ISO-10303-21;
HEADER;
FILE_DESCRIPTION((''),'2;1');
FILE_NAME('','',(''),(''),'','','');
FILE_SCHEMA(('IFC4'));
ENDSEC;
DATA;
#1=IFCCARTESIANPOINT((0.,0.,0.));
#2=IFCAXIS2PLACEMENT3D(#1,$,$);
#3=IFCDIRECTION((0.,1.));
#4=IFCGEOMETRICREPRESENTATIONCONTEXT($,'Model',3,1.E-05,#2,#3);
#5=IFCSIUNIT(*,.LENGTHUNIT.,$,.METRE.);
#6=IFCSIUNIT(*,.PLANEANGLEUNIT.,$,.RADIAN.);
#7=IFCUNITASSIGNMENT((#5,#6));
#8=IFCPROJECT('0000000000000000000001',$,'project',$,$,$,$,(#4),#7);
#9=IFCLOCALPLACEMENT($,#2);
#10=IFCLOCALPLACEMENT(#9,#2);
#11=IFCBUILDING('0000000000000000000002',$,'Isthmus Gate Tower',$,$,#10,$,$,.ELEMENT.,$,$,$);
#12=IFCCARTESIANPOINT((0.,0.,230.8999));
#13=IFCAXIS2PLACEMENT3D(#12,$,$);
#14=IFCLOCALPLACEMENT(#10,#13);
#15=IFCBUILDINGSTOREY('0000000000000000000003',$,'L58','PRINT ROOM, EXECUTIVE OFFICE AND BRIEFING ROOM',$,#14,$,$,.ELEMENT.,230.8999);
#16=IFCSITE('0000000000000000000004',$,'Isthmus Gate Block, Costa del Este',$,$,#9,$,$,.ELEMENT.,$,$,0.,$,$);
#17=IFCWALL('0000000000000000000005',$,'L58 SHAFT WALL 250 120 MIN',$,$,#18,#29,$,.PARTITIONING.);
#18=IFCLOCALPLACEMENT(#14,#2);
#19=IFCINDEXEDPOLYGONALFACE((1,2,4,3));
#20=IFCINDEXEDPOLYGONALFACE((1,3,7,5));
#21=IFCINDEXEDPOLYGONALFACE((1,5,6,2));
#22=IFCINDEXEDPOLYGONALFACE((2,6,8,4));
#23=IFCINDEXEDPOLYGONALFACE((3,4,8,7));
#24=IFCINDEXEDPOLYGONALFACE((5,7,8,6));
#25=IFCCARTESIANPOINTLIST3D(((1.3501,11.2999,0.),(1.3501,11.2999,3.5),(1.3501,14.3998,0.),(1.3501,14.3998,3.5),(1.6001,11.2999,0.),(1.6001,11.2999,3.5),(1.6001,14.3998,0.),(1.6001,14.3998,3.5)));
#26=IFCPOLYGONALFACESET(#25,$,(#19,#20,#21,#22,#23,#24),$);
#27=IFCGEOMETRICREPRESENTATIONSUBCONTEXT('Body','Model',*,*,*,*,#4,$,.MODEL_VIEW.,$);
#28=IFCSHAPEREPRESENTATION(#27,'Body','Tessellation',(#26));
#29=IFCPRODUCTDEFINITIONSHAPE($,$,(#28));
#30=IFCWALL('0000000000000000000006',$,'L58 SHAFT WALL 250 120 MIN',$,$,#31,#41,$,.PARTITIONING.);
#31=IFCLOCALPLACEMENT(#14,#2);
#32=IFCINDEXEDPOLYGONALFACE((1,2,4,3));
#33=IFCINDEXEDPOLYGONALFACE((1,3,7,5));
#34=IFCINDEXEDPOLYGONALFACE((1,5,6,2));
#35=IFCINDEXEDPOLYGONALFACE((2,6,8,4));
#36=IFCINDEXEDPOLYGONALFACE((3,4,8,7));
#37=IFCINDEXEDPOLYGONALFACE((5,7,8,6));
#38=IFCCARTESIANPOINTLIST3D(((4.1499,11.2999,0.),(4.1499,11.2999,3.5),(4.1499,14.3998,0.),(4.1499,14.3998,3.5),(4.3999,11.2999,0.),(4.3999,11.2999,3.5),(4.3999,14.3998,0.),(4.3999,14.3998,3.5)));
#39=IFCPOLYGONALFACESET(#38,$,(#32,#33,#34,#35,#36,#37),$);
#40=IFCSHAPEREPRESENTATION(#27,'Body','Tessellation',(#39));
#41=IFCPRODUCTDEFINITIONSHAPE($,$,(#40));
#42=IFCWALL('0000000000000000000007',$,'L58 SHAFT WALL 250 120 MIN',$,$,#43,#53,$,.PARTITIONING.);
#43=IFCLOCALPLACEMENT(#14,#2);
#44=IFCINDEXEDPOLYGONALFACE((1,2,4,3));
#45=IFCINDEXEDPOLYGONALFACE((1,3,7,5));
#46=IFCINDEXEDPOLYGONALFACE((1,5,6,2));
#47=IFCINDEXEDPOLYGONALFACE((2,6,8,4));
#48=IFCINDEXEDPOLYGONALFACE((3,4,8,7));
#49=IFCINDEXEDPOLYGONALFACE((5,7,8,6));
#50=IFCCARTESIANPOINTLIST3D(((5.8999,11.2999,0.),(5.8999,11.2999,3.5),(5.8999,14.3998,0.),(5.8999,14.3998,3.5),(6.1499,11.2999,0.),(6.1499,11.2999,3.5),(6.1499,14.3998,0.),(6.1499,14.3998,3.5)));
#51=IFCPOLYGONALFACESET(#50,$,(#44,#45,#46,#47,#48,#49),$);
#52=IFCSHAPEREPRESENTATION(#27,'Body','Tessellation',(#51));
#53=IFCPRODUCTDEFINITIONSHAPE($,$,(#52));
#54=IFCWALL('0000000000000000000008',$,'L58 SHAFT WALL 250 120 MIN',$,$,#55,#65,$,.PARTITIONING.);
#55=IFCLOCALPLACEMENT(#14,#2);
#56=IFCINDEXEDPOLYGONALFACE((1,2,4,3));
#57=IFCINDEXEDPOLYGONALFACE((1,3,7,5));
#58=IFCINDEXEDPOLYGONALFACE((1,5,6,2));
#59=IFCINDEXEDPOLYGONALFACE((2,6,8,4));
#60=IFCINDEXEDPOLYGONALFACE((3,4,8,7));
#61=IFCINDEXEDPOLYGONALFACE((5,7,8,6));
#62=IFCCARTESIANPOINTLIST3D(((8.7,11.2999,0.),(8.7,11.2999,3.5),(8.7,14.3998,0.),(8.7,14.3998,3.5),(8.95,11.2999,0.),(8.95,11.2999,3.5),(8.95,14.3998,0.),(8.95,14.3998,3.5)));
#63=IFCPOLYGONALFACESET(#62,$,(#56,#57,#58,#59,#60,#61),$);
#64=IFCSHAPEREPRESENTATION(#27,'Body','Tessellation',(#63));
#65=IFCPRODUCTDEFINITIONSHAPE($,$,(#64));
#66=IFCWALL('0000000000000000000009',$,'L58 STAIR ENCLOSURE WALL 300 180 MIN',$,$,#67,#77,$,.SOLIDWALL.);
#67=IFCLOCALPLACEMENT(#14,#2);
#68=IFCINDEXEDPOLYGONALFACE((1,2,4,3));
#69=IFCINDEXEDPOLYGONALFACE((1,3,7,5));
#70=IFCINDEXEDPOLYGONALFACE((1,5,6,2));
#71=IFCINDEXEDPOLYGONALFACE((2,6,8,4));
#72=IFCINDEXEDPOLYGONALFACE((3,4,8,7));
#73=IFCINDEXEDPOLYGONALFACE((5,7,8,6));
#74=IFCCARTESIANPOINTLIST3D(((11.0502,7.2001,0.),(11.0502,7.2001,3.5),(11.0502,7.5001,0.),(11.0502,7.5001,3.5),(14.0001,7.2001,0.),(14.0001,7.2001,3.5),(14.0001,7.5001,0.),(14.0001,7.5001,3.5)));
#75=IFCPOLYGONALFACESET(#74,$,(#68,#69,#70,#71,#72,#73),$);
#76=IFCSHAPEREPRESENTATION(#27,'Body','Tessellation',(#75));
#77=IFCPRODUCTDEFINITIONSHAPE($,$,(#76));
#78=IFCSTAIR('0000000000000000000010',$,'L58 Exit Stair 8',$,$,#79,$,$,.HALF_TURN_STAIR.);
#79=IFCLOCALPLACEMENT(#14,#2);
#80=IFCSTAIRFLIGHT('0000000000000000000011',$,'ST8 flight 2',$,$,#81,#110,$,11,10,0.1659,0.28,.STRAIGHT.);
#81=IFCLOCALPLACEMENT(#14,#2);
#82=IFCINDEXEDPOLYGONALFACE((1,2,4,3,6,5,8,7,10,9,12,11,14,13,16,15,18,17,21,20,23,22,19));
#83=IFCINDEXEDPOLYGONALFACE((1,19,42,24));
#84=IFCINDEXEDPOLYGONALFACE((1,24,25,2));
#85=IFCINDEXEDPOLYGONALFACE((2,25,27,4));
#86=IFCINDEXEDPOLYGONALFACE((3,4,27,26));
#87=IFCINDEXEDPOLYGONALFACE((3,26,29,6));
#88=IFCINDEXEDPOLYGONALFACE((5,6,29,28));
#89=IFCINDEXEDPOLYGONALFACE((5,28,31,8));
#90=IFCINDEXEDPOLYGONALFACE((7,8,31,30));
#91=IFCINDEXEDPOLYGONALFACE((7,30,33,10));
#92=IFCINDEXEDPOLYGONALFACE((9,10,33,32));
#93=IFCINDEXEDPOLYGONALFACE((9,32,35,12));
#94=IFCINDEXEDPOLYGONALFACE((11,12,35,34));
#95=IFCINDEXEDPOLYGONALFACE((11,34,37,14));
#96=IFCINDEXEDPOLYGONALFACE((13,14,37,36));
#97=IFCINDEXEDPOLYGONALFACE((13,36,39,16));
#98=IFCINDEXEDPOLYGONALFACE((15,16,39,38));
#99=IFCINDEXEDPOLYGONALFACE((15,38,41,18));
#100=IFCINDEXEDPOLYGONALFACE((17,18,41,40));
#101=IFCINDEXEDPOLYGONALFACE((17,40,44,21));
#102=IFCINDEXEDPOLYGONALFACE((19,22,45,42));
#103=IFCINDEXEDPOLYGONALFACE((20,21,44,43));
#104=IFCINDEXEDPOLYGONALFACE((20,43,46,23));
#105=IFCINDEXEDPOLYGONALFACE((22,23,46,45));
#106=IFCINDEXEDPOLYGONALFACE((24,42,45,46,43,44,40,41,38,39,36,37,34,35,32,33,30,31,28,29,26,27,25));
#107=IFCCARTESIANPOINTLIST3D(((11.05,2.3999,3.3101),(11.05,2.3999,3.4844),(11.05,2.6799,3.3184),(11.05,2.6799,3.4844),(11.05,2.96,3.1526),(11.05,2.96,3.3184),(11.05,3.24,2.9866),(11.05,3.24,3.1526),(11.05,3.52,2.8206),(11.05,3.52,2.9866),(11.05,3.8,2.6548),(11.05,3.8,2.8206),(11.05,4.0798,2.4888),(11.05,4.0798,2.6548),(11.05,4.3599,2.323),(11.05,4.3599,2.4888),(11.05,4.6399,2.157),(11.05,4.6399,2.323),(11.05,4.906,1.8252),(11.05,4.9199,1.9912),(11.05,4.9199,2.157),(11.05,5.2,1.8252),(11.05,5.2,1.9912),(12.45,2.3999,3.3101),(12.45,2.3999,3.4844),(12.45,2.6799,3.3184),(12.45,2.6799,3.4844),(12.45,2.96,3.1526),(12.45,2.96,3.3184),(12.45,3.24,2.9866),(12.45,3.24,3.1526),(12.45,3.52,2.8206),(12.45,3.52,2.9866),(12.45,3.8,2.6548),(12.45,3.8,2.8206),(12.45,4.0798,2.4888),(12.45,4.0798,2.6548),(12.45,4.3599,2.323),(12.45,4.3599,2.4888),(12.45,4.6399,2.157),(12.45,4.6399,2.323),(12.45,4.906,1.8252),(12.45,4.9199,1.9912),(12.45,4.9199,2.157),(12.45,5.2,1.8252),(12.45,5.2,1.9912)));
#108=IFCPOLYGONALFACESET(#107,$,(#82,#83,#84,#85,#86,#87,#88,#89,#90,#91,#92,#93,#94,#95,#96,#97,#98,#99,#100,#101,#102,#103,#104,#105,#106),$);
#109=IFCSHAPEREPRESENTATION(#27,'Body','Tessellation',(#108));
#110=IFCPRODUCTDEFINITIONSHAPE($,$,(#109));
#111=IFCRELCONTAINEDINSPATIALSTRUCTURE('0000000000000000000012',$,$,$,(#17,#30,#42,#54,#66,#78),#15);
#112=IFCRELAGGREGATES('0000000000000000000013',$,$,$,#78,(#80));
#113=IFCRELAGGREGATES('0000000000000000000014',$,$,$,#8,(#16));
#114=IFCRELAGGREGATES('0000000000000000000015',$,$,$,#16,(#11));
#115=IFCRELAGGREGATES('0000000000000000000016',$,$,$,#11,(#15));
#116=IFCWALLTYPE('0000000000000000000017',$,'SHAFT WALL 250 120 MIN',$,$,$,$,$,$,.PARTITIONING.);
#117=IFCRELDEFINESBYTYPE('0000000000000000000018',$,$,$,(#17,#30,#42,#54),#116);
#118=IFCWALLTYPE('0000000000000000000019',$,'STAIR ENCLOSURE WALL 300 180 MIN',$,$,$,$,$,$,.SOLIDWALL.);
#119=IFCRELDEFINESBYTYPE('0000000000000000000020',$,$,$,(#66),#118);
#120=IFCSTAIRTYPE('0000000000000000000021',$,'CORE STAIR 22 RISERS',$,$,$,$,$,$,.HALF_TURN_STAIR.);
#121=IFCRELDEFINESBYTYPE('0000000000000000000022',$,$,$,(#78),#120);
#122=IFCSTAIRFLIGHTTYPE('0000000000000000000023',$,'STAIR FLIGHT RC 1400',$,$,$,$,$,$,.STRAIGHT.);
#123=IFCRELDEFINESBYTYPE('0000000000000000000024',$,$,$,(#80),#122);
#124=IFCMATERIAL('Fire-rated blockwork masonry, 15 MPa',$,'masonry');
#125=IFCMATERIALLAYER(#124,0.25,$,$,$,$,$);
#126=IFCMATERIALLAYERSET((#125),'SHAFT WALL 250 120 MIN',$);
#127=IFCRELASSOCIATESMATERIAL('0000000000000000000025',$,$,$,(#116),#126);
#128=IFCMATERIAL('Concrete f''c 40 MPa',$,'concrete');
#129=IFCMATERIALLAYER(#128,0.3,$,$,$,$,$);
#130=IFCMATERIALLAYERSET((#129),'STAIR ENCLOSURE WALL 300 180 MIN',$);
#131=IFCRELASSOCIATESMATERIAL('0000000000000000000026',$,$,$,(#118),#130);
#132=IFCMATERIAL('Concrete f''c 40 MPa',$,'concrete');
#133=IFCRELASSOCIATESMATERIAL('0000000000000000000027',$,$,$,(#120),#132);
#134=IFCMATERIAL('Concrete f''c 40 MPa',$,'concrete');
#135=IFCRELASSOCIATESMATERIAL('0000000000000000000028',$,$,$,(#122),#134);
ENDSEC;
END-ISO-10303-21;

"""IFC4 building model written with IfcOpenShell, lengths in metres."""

from ifc_helpers import new_model, si_unit, direction, frame, frame_2d, origin, place, context, subcontext, project, spatial, polyline, rectangle, outline, extrude, material, layer, layer_set, type_object, element, aggregate, save


model = new_model("IFC4")

# Units and contexts
model_context = context("Model", 3, precision=1e-05, world=origin(), true_north=direction((0.0, 1.0)))
body_context = subcontext(model_context, "Body", "Model", "MODEL_VIEW")
ifc_project = project(units=[si_unit("LENGTHUNIT", "METRE"), si_unit("PLANEANGLEUNIT", "RADIAN")], contexts=[model_context])

# Site, building, storey
site_placement = place(None, origin())
site = spatial("IfcSite", under=ifc_project, at=site_placement, Name="Isthmus Gate Block, Costa del Este", CompositionType="ELEMENT", RefElevation=0.0)
building_placement = place(site_placement, origin())
building = spatial("IfcBuilding", under=site, at=building_placement, Name="Isthmus Gate Tower", CompositionType="ELEMENT")
storey_placement = place(building_placement, frame((0.0, 0.0, 230.8999)))
storey = spatial("IfcBuildingStorey", under=building, at=storey_placement, Name="L58", Description="PRINT ROOM, EXECUTIVE OFFICE AND BRIEFING ROOM", CompositionType="ELEMENT", Elevation=230.8999)

# Walls
ifc_material_1 = material(Name="Fire-rated blockwork masonry, 15 MPa", Category="masonry")
ifc_layer_1 = layer(ifc_material_1, 0.25)
ifc_layer_set_1 = layer_set([ifc_layer_1], Name="SHAFT WALL 250 120 MIN")
wall_type_1 = type_object("IfcWallType", Name="SHAFT WALL 250 120 MIN", PredefinedType="PARTITIONING", material=ifc_layer_set_1)
for number, where, z_axis, x_axis, name in (
    (1, (1.4751, 11.3, 0.0), (0.0, 0.0, 1.0), (0.0, 1.0, 0.0), "L58 SHAFT WALL 250 120 MIN"),
    (2, (4.2749, 11.3, 0.0), (0.0, 0.0, 1.0), (0.0, 1.0, 0.0), "L58 SHAFT WALL 250 120 MIN"),
    (3, (6.0249, 11.3, 0.0), (0.0, 0.0, 1.0), (0.0, 1.0, 0.0), "L58 SHAFT WALL 250 120 MIN"),
    (4, (8.825, 11.3, 0.0), (0.0, 0.0, 1.0), (0.0, 1.0, 0.0), "L58 SHAFT WALL 250 120 MIN"),
):
    element("IfcWall", number, at=place(storey_placement, frame(where, z_axis=z_axis, x_axis=x_axis)), inside=storey, type_object=wall_type_1, Name=name, PredefinedType="PARTITIONING", context=body_context, shape_type="SweptSolid", body=[
        extrude(rectangle(XDim=3.0999, YDim=0.25, at=frame_2d((1.5498, 0.0))), origin(), (0.0, 0.0, 1.0), 3.5),
    ])
ifc_material_2 = material(Name="Concrete f'c 40 MPa", Category="concrete")
ifc_layer_2 = layer(ifc_material_2, 0.3)
ifc_layer_set_2 = layer_set([ifc_layer_2], Name="STAIR ENCLOSURE WALL 300 180 MIN")
wall_type_2 = type_object("IfcWallType", Name="STAIR ENCLOSURE WALL 300 180 MIN", PredefinedType="SOLIDWALL", material=ifc_layer_set_2)
wall_1_placement = place(storey_placement, frame((11.05, 7.3501, 0.0), z_axis=(0.0, 0.0, 1.0), x_axis=(1.0, 0.0, 0.0)))
element("IfcWall", 5, at=wall_1_placement, inside=storey, type_object=wall_type_2, Name="L58 STAIR ENCLOSURE WALL 300 180 MIN", PredefinedType="SOLIDWALL", context=body_context, shape_type="SweptSolid", body=[
    extrude(rectangle(XDim=2.95, YDim=0.3, at=frame_2d((1.4751, 0.0))), origin(), (0.0, 0.0, 1.0), 3.5),
])

# Stair, stair flight
ifc_material_3 = material(Name="Concrete f'c 40 MPa", Category="concrete")
stair_type = type_object("IfcStairType", Name="CORE STAIR 22 RISERS", PredefinedType="HALF_TURN_STAIR", material=ifc_material_3)
stair_placement = place(storey_placement, origin())
stair = element("IfcStair", 6, at=stair_placement, inside=storey, type_object=stair_type, Name="L58 Exit Stair 8", PredefinedType="HALF_TURN_STAIR")
ifc_material_4 = material(Name="Concrete f'c 40 MPa", Category="concrete")
stair_flight_type = type_object("IfcStairFlightType", Name="STAIR FLIGHT RC 1400", PredefinedType="STRAIGHT", material=ifc_material_4)
stair_flight_placement = place(storey_placement, frame((11.75, 5.2, 1.8252), z_axis=(0.0, 0.0, 1.0), x_axis=(0.0, -1.0, 0.0)))
stair_flight = element("IfcStairFlight", 7, at=stair_flight_placement, type_object=stair_flight_type, Name="ST8 flight 2", NumberOfRisers=11, NumberOfTreads=10, PredefinedType="STRAIGHT", RiserHeight=0.1659, TreadLength=0.28, context=body_context, shape_type="SweptSolid", body=[
    extrude(outline(polyline([(0.0, 0.0), (0.0, 0.166), (0.28, 0.166), (0.28, 0.3318), (0.5601, 0.3318), (0.5601, 0.4978), (0.8401, 0.4978), (0.8401, 0.6636), (1.1201, 0.6636), (1.1201, 0.8296), (1.3999, 0.8296), (1.3999, 0.9954), (1.6799, 0.9954), (1.6799, 1.1614), (1.96, 1.1614), (1.96, 1.3274), (2.24, 1.3274), (2.24, 1.4932), (2.52, 1.4932), (2.52, 1.6592), (2.8, 1.6592), (2.8, 1.825), (2.8, 1.4849), (0.2939, 0.0), (0.0, 0.0)])), frame((0.0, 0.7, 0.0), z_axis=(0.0, -1.0, 0.0), x_axis=(1.0, 0.0, 0.0)), (0.0, 0.0, 1.0), 1.3999),
])
aggregate(stair, [stair_flight])

save(model, "model.ifc")
